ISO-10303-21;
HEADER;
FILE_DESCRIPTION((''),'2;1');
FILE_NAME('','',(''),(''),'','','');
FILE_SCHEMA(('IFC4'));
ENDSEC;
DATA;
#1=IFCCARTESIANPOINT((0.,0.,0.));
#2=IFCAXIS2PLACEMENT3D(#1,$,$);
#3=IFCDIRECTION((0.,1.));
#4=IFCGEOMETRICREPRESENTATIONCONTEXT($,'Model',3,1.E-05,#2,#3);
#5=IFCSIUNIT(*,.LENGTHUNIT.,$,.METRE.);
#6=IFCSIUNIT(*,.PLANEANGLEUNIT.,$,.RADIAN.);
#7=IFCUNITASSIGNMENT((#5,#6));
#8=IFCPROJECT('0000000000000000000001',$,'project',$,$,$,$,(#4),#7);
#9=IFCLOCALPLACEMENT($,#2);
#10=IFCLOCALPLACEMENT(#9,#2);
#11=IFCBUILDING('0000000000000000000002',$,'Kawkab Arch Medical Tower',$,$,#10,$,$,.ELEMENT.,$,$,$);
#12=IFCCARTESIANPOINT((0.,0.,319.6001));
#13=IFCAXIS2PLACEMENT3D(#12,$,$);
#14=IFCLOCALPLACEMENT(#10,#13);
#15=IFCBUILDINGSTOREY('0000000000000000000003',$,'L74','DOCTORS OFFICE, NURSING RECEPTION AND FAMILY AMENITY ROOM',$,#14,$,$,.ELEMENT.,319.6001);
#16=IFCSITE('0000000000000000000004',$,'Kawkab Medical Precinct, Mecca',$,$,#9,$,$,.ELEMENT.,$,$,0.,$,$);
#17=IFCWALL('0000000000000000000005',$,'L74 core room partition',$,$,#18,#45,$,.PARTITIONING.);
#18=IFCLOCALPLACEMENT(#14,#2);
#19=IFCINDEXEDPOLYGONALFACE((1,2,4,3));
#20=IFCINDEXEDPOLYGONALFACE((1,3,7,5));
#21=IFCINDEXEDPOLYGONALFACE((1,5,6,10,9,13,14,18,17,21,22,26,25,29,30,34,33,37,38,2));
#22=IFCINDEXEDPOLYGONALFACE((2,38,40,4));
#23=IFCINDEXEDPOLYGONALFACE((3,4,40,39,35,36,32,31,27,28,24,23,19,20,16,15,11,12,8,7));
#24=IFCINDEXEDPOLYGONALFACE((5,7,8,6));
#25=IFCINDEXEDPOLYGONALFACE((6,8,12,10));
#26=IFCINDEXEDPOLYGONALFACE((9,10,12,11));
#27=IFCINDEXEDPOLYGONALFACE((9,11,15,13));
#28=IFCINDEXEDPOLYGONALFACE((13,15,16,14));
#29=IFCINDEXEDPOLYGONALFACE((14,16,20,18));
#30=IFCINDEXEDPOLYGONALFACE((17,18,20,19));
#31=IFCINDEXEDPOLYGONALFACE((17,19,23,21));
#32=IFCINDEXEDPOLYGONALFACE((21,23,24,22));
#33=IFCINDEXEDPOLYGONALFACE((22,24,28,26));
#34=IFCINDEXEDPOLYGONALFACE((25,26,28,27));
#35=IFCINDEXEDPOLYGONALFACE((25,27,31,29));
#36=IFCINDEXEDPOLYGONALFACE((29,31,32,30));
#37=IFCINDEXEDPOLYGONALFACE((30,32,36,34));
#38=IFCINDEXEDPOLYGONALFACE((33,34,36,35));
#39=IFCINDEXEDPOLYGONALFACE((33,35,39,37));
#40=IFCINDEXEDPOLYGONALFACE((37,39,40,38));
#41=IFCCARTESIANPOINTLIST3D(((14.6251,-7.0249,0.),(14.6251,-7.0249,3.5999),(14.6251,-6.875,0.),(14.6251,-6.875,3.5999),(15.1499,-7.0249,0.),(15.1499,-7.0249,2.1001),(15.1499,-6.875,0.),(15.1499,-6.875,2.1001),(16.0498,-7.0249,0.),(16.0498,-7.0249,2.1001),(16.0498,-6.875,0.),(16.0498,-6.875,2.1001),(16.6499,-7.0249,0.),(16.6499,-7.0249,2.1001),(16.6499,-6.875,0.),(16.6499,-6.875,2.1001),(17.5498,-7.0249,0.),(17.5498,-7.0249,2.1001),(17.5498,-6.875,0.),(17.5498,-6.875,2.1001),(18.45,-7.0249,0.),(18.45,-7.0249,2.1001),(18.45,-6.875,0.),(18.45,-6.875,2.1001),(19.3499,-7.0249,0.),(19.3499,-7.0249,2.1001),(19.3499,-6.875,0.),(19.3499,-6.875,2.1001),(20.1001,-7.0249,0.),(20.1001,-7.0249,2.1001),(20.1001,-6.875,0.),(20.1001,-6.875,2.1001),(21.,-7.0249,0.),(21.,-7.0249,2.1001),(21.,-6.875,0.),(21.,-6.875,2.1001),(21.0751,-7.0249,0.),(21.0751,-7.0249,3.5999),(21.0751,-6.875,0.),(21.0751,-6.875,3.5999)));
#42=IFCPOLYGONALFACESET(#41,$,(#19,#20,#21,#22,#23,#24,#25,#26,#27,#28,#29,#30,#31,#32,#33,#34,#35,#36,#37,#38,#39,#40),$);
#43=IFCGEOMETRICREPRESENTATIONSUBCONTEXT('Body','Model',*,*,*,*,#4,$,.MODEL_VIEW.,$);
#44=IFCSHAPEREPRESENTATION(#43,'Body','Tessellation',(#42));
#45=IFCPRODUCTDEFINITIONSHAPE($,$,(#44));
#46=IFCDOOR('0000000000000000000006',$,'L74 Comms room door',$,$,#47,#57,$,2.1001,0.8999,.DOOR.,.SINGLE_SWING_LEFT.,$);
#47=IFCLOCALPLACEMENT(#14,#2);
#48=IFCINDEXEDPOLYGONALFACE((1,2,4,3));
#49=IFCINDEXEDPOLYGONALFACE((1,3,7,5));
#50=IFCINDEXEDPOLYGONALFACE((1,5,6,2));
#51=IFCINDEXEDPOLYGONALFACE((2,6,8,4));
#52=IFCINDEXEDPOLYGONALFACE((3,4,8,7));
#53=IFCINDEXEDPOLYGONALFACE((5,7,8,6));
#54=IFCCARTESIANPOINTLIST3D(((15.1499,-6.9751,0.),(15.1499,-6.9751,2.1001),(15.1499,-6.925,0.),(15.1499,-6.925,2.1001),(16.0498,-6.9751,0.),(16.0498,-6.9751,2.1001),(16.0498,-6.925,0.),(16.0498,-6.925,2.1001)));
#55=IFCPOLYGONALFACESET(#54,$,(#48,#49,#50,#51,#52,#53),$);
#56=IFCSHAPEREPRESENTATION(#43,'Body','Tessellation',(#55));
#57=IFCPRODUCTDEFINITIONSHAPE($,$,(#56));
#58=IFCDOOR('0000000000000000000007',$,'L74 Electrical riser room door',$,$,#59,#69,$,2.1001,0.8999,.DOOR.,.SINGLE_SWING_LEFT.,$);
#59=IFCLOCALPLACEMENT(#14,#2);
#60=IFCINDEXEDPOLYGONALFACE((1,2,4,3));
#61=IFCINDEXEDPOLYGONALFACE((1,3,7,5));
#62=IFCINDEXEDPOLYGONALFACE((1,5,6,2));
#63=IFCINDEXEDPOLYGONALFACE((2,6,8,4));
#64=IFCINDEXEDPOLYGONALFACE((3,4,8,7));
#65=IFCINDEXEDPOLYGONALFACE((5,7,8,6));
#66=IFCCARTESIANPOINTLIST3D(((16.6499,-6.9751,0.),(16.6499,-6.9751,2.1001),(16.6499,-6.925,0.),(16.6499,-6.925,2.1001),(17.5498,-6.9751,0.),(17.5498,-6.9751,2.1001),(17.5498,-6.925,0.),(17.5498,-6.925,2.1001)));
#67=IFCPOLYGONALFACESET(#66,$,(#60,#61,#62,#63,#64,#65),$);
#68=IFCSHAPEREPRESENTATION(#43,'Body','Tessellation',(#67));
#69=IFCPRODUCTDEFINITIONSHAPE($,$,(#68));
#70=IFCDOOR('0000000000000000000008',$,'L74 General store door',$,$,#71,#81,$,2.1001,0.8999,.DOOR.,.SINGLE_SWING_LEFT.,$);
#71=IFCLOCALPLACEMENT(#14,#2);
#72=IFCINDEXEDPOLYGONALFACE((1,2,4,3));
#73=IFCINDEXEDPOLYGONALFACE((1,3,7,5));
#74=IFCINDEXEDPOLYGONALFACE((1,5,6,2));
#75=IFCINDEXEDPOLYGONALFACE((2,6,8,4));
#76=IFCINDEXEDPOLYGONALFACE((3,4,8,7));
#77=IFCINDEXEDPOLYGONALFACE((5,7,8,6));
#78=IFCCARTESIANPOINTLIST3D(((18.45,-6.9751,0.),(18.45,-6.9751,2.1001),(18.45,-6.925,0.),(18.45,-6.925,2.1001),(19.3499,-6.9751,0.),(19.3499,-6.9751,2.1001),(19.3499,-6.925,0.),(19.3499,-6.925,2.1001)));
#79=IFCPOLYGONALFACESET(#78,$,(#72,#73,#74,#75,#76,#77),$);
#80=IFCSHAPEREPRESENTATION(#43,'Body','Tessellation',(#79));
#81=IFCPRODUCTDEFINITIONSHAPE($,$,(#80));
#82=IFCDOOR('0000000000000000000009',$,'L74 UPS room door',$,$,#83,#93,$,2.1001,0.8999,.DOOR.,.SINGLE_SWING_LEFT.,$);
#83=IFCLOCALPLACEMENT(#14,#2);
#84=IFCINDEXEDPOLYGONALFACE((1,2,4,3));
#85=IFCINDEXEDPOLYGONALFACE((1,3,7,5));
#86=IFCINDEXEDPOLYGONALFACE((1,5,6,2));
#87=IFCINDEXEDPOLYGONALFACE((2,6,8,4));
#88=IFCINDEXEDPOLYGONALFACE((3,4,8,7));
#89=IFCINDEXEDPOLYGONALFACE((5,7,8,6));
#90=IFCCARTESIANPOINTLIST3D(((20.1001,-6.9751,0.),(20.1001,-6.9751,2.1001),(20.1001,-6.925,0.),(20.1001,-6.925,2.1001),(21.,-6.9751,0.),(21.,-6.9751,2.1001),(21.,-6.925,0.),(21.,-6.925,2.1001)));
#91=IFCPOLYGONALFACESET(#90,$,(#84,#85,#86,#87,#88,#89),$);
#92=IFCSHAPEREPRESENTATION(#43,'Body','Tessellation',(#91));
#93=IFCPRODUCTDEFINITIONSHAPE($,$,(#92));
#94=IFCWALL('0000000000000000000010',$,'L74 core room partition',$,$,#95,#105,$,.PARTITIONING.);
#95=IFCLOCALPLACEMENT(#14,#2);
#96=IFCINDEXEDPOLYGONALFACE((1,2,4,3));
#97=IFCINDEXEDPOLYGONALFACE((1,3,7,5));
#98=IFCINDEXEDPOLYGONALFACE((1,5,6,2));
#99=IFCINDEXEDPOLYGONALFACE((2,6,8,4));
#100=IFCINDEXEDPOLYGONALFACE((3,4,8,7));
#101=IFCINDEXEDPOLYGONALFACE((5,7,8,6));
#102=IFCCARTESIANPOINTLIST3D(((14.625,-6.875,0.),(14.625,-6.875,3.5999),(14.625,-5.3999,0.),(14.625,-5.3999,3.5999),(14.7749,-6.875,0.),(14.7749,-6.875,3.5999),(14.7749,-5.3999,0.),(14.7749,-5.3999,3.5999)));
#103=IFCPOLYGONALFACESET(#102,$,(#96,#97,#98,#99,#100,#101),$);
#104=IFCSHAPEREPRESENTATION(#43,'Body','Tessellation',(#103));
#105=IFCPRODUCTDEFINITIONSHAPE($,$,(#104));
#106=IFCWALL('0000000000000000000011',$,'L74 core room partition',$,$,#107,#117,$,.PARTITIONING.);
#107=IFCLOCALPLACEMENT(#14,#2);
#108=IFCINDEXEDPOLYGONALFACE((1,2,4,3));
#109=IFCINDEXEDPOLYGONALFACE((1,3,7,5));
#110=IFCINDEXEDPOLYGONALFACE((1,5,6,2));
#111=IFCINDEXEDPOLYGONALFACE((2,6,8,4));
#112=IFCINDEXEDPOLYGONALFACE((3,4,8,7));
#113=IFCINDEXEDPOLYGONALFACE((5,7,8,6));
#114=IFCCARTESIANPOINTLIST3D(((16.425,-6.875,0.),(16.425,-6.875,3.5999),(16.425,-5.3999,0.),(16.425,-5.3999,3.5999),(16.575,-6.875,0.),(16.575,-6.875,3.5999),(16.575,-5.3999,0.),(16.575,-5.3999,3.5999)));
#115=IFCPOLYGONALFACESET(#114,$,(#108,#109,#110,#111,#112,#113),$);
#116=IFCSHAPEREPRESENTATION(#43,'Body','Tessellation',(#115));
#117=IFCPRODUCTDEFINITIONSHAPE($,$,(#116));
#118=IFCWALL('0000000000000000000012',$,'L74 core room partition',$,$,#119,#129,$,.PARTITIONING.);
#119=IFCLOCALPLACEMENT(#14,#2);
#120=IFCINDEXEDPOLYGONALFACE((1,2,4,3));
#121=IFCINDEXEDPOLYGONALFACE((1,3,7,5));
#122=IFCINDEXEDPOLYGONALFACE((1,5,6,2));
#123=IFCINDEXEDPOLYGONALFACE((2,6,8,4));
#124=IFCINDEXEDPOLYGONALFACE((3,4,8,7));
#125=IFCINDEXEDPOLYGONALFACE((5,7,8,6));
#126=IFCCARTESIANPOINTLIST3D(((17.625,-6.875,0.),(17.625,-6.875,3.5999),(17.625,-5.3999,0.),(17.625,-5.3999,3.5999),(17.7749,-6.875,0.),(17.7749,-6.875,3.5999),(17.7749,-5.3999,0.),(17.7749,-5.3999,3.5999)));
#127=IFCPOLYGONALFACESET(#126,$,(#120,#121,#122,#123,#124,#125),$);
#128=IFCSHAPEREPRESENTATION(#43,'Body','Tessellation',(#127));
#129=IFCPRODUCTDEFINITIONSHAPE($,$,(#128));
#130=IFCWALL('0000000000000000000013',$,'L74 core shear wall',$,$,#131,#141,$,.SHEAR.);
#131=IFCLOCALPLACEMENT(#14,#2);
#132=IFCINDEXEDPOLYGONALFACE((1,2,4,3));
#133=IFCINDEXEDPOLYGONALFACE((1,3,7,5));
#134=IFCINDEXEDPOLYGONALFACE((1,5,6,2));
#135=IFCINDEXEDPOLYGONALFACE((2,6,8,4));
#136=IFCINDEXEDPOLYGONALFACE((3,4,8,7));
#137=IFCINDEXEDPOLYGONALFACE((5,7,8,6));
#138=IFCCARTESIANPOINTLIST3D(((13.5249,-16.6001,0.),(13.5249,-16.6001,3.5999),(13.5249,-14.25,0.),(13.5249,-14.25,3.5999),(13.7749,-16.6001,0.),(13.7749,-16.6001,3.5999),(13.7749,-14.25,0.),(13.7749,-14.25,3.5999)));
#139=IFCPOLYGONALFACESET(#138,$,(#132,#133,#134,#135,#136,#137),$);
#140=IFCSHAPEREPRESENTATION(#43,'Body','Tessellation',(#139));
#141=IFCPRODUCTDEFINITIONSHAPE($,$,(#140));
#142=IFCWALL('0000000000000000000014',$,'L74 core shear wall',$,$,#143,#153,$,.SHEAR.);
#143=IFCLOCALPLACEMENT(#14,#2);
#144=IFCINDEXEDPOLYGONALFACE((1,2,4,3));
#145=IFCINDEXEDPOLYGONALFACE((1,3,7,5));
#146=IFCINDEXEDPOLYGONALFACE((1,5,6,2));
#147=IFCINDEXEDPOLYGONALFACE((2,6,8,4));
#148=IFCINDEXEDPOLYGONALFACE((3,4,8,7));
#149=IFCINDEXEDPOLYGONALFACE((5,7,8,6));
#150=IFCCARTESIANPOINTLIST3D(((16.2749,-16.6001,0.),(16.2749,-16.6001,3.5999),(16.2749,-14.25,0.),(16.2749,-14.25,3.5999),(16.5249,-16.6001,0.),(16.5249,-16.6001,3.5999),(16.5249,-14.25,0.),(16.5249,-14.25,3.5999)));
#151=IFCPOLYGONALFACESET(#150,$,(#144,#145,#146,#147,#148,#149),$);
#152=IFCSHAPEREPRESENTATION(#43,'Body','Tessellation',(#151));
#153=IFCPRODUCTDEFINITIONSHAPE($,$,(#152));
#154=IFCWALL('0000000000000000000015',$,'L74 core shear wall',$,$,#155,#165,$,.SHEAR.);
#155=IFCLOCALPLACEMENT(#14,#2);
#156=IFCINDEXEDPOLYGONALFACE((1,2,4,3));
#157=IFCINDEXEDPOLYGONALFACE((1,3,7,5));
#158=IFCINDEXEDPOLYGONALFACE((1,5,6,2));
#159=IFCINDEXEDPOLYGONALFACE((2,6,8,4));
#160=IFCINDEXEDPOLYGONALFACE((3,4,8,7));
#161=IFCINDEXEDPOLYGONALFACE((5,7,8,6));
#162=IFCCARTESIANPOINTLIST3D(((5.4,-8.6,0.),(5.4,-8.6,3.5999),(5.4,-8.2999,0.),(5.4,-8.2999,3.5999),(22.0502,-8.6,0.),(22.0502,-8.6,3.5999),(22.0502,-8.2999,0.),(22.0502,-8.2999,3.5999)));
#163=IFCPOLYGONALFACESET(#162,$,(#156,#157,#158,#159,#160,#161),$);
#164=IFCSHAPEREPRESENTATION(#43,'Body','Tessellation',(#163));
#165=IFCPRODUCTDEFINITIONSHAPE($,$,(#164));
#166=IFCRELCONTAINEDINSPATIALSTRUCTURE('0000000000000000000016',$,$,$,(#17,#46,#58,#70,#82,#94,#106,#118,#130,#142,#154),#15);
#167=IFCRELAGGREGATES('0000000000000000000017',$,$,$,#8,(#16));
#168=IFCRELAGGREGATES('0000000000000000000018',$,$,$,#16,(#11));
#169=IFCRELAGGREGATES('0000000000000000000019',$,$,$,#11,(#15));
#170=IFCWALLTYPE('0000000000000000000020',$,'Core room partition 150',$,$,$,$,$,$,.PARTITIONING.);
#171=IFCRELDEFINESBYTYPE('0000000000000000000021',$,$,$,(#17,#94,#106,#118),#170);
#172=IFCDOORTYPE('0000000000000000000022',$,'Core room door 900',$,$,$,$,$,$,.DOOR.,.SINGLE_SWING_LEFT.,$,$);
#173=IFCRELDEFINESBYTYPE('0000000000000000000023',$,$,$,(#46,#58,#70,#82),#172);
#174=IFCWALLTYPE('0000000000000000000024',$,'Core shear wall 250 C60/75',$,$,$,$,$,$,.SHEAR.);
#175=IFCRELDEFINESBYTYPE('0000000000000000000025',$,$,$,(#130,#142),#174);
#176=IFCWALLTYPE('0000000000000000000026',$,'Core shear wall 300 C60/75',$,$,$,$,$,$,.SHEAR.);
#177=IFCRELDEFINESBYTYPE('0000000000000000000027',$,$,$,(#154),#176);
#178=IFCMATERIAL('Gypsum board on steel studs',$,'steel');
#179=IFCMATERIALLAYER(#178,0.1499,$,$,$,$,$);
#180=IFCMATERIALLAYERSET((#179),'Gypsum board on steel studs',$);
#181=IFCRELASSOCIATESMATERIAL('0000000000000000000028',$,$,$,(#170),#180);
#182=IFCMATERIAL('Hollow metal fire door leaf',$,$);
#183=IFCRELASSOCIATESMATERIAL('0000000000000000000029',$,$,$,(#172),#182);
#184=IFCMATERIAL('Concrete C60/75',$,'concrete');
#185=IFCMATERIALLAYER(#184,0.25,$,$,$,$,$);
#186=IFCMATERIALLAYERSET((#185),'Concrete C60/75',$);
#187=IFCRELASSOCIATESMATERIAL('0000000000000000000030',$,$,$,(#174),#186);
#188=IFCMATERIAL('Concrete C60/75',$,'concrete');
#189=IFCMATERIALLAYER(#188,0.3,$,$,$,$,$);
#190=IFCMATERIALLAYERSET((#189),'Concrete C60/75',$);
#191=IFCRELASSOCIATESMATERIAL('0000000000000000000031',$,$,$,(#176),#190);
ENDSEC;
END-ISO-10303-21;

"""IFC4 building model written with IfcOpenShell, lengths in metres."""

from ifc_helpers import new_model, si_unit, direction, frame, frame_2d, origin, place, context, subcontext, project, spatial, rectangle, extrude, material, layer, layer_set, type_object, element, fill, save


model = new_model("IFC4")

# Units and contexts
model_context = context("Model", 3, precision=1e-05, world=origin(), true_north=direction((0.0, 1.0)))
body_context = subcontext(model_context, "Body", "Model", "MODEL_VIEW")
ifc_project = project(units=[si_unit("LENGTHUNIT", "METRE"), si_unit("PLANEANGLEUNIT", "RADIAN")], contexts=[model_context])

# Site, building, storey
site_placement = place(None, origin())
site = spatial("IfcSite", under=ifc_project, at=site_placement, Name="Kawkab Medical Precinct, Mecca", CompositionType="ELEMENT", RefElevation=0.0)
building_placement = place(site_placement, origin())
building = spatial("IfcBuilding", under=site, at=building_placement, Name="Kawkab Arch Medical Tower", CompositionType="ELEMENT")
storey_placement = place(building_placement, frame((0.0, 0.0, 319.6001)))
storey = spatial("IfcBuildingStorey", under=building, at=storey_placement, Name="L74", Description="DOCTORS OFFICE, NURSING RECEPTION AND FAMILY AMENITY ROOM", CompositionType="ELEMENT", Elevation=319.6001)

# Wall, openings, doors
ifc_material_1 = material(Name="Gypsum board on steel studs", Category="steel")
ifc_layer_1 = layer(ifc_material_1, 0.1499)
ifc_layer_set_1 = layer_set([ifc_layer_1], Name="Gypsum board on steel studs")
wall_type_1 = type_object("IfcWallType", Name="Core room partition 150", PredefinedType="PARTITIONING", material=ifc_layer_set_1)
wall_1_placement = place(storey_placement, frame((14.625, -6.95, 0.0), z_axis=(0.0, 0.0, 1.0), x_axis=(1.0, 0.0, 0.0)))
wall_1 = element("IfcWall", 1, at=wall_1_placement, inside=storey, type_object=wall_type_1, Name="L74 core room partition", PredefinedType="PARTITIONING", context=body_context, shape_type="SweptSolid", body=[
    extrude(rectangle(XDim=6.45, YDim=0.1499, at=frame_2d((3.2251, 0.0))), origin(), (0.0, 0.0, 1.0), 3.5999),
])
opening_1_placement = place(wall_1_placement, frame((0.5249, 0.0, 0.0)))
opening_1 = element("IfcOpeningElement", 2, at=opening_1_placement, cuts=wall_1, PredefinedType="OPENING", context=body_context, shape_type="SweptSolid", body=[
    extrude(rectangle(XDim=0.8999, YDim=2.1001, at=frame_2d((0.45, 1.05))), frame((0.0, 0.085, 0.0), z_axis=(0.0, -1.0, 0.0), x_axis=(1.0, 0.0, 0.0)), (0.0, 0.0, 1.0), 0.1699),
])
opening_2_placement = place(wall_1_placement, frame((2.0249, 0.0, 0.0)))
opening_2 = element("IfcOpeningElement", 3, at=opening_2_placement, cuts=wall_1, PredefinedType="OPENING", context=body_context, shape_type="SweptSolid", body=[
    extrude(rectangle(XDim=0.8999, YDim=2.1001, at=frame_2d((0.45, 1.05))), frame((0.0, 0.085, 0.0), z_axis=(0.0, -1.0, 0.0), x_axis=(1.0, 0.0, 0.0)), (0.0, 0.0, 1.0), 0.1699),
])
opening_3_placement = place(wall_1_placement, frame((3.825, 0.0, 0.0)))
opening_3 = element("IfcOpeningElement", 4, at=opening_3_placement, cuts=wall_1, PredefinedType="OPENING", context=body_context, shape_type="SweptSolid", body=[
    extrude(rectangle(XDim=0.8999, YDim=2.1001, at=frame_2d((0.45, 1.05))), frame((0.0, 0.085, 0.0), z_axis=(0.0, -1.0, 0.0), x_axis=(1.0, 0.0, 0.0)), (0.0, 0.0, 1.0), 0.1699),
])
opening_4_placement = place(wall_1_placement, frame((5.4751, 0.0, 0.0)))
opening_4 = element("IfcOpeningElement", 5, at=opening_4_placement, cuts=wall_1, PredefinedType="OPENING", context=body_context, shape_type="SweptSolid", body=[
    extrude(rectangle(XDim=0.8999, YDim=2.1001, at=frame_2d((0.45, 1.05))), frame((0.0, 0.085, 0.0), z_axis=(0.0, -1.0, 0.0), x_axis=(1.0, 0.0, 0.0)), (0.0, 0.0, 1.0), 0.1699),
])
ifc_material_2 = material(Name="Hollow metal fire door leaf")
door_type_1 = type_object("IfcDoorType", Name="Core room door 900", OperationType="SINGLE_SWING_LEFT", PredefinedType="DOOR", material=ifc_material_2)
door_1_placement = place(opening_1_placement, origin())
door_1 = element("IfcDoor", 6, at=door_1_placement, inside=storey, type_object=door_type_1, Name="L74 Comms room door", OperationType="SINGLE_SWING_LEFT", OverallHeight=2.1001, OverallWidth=0.8999, PredefinedType="DOOR", context=body_context, shape_type="SweptSolid", body=[
    extrude(rectangle(XDim=0.8999, YDim=2.1001, at=frame_2d((0.45, 1.05))), frame((0.0, 0.0249, 0.0), z_axis=(0.0, -1.0, 0.0), x_axis=(1.0, 0.0, 0.0)), (0.0, 0.0, 1.0), 0.05),
])
fill(opening_1, door_1)
door_2_placement = place(opening_2_placement, origin())
door_2 = element("IfcDoor", 7, at=door_2_placement, inside=storey, type_object=door_type_1, Name="L74 Electrical riser room door", OperationType="SINGLE_SWING_LEFT", OverallHeight=2.1001, OverallWidth=0.8999, PredefinedType="DOOR", context=body_context, shape_type="SweptSolid", body=[
    extrude(rectangle(XDim=0.8999, YDim=2.1001, at=frame_2d((0.45, 1.05))), frame((0.0, 0.0249, 0.0), z_axis=(0.0, -1.0, 0.0), x_axis=(1.0, 0.0, 0.0)), (0.0, 0.0, 1.0), 0.05),
])
fill(opening_2, door_2)
door_3_placement = place(opening_3_placement, origin())
door_3 = element("IfcDoor", 8, at=door_3_placement, inside=storey, type_object=door_type_1, Name="L74 General store door", OperationType="SINGLE_SWING_LEFT", OverallHeight=2.1001, OverallWidth=0.8999, PredefinedType="DOOR", context=body_context, shape_type="SweptSolid", body=[
    extrude(rectangle(XDim=0.8999, YDim=2.1001, at=frame_2d((0.45, 1.05))), frame((0.0, 0.0249, 0.0), z_axis=(0.0, -1.0, 0.0), x_axis=(1.0, 0.0, 0.0)), (0.0, 0.0, 1.0), 0.05),
])
fill(opening_3, door_3)
door_4_placement = place(opening_4_placement, origin())
door_4 = element("IfcDoor", 9, at=door_4_placement, inside=storey, type_object=door_type_1, Name="L74 UPS room door", OperationType="SINGLE_SWING_LEFT", OverallHeight=2.1001, OverallWidth=0.8999, PredefinedType="DOOR", context=body_context, shape_type="SweptSolid", body=[
    extrude(rectangle(XDim=0.8999, YDim=2.1001, at=frame_2d((0.45, 1.05))), frame((0.0, 0.0249, 0.0), z_axis=(0.0, -1.0, 0.0), x_axis=(1.0, 0.0, 0.0)), (0.0, 0.0, 1.0), 0.05),
])
fill(opening_4, door_4)

# Walls
for number, where, z_axis, x_axis, name in (
    (10, (14.7, -6.875, 0.0), (0.0, 0.0, 1.0), (0.0, 1.0, 0.0), "L74 core room partition"),
    (11, (16.5, -6.875, 0.0), (0.0, 0.0, 1.0), (0.0, 1.0, 0.0), "L74 core room partition"),
    (12, (17.7, -6.875, 0.0), (0.0, 0.0, 1.0), (0.0, 1.0, 0.0), "L74 core room partition"),
):
    element("IfcWall", number, at=place(storey_placement, frame(where, z_axis=z_axis, x_axis=x_axis)), inside=storey, type_object=wall_type_1, Name=name, PredefinedType="PARTITIONING", context=body_context, shape_type="SweptSolid", body=[
        extrude(rectangle(XDim=1.4751, YDim=0.1499, at=frame_2d((0.7375, 0.0))), origin(), (0.0, 0.0, 1.0), 3.5999),
    ])
ifc_material_3 = material(Name="Concrete C60/75", Category="concrete")
ifc_layer_2 = layer(ifc_material_3, 0.25)
ifc_layer_set_2 = layer_set([ifc_layer_2], Name="Concrete C60/75")
wall_type_2 = type_object("IfcWallType", Name="Core shear wall 250 C60/75", PredefinedType="SHEAR", material=ifc_layer_set_2)
for number, where, z_axis, x_axis, name in (
    (13, (13.6499, -16.6001, 0.0), (0.0, 0.0, 1.0), (0.0, 1.0, 0.0), "L74 core shear wall"),
    (14, (16.3999, -16.6001, 0.0), (0.0, 0.0, 1.0), (0.0, 1.0, 0.0), "L74 core shear wall"),
):
    element("IfcWall", number, at=place(storey_placement, frame(where, z_axis=z_axis, x_axis=x_axis)), inside=storey, type_object=wall_type_2, Name=name, PredefinedType="SHEAR", context=body_context, shape_type="SweptSolid", body=[
        extrude(rectangle(XDim=2.3501, YDim=0.25, at=frame_2d((1.175, 0.0))), origin(), (0.0, 0.0, 1.0), 3.5999),
    ])
ifc_material_4 = material(Name="Concrete C60/75", Category="concrete")
ifc_layer_3 = layer(ifc_material_4, 0.3)
ifc_layer_set_3 = layer_set([ifc_layer_3], Name="Concrete C60/75")
wall_type_3 = type_object("IfcWallType", Name="Core shear wall 300 C60/75", PredefinedType="SHEAR", material=ifc_layer_set_3)
wall_2_placement = place(storey_placement, frame((5.3999, -8.45, 0.0), z_axis=(0.0, 0.0, 1.0), x_axis=(1.0, 0.0, 0.0)))
element("IfcWall", 15, at=wall_2_placement, inside=storey, type_object=wall_type_3, Name="L74 core shear wall", PredefinedType="SHEAR", context=body_context, shape_type="SweptSolid", body=[
    extrude(rectangle(XDim=16.6501, YDim=0.3, at=frame_2d((8.3252, 0.0))), origin(), (0.0, 0.0, 1.0), 3.5999),
])

save(model, "model.ifc")
